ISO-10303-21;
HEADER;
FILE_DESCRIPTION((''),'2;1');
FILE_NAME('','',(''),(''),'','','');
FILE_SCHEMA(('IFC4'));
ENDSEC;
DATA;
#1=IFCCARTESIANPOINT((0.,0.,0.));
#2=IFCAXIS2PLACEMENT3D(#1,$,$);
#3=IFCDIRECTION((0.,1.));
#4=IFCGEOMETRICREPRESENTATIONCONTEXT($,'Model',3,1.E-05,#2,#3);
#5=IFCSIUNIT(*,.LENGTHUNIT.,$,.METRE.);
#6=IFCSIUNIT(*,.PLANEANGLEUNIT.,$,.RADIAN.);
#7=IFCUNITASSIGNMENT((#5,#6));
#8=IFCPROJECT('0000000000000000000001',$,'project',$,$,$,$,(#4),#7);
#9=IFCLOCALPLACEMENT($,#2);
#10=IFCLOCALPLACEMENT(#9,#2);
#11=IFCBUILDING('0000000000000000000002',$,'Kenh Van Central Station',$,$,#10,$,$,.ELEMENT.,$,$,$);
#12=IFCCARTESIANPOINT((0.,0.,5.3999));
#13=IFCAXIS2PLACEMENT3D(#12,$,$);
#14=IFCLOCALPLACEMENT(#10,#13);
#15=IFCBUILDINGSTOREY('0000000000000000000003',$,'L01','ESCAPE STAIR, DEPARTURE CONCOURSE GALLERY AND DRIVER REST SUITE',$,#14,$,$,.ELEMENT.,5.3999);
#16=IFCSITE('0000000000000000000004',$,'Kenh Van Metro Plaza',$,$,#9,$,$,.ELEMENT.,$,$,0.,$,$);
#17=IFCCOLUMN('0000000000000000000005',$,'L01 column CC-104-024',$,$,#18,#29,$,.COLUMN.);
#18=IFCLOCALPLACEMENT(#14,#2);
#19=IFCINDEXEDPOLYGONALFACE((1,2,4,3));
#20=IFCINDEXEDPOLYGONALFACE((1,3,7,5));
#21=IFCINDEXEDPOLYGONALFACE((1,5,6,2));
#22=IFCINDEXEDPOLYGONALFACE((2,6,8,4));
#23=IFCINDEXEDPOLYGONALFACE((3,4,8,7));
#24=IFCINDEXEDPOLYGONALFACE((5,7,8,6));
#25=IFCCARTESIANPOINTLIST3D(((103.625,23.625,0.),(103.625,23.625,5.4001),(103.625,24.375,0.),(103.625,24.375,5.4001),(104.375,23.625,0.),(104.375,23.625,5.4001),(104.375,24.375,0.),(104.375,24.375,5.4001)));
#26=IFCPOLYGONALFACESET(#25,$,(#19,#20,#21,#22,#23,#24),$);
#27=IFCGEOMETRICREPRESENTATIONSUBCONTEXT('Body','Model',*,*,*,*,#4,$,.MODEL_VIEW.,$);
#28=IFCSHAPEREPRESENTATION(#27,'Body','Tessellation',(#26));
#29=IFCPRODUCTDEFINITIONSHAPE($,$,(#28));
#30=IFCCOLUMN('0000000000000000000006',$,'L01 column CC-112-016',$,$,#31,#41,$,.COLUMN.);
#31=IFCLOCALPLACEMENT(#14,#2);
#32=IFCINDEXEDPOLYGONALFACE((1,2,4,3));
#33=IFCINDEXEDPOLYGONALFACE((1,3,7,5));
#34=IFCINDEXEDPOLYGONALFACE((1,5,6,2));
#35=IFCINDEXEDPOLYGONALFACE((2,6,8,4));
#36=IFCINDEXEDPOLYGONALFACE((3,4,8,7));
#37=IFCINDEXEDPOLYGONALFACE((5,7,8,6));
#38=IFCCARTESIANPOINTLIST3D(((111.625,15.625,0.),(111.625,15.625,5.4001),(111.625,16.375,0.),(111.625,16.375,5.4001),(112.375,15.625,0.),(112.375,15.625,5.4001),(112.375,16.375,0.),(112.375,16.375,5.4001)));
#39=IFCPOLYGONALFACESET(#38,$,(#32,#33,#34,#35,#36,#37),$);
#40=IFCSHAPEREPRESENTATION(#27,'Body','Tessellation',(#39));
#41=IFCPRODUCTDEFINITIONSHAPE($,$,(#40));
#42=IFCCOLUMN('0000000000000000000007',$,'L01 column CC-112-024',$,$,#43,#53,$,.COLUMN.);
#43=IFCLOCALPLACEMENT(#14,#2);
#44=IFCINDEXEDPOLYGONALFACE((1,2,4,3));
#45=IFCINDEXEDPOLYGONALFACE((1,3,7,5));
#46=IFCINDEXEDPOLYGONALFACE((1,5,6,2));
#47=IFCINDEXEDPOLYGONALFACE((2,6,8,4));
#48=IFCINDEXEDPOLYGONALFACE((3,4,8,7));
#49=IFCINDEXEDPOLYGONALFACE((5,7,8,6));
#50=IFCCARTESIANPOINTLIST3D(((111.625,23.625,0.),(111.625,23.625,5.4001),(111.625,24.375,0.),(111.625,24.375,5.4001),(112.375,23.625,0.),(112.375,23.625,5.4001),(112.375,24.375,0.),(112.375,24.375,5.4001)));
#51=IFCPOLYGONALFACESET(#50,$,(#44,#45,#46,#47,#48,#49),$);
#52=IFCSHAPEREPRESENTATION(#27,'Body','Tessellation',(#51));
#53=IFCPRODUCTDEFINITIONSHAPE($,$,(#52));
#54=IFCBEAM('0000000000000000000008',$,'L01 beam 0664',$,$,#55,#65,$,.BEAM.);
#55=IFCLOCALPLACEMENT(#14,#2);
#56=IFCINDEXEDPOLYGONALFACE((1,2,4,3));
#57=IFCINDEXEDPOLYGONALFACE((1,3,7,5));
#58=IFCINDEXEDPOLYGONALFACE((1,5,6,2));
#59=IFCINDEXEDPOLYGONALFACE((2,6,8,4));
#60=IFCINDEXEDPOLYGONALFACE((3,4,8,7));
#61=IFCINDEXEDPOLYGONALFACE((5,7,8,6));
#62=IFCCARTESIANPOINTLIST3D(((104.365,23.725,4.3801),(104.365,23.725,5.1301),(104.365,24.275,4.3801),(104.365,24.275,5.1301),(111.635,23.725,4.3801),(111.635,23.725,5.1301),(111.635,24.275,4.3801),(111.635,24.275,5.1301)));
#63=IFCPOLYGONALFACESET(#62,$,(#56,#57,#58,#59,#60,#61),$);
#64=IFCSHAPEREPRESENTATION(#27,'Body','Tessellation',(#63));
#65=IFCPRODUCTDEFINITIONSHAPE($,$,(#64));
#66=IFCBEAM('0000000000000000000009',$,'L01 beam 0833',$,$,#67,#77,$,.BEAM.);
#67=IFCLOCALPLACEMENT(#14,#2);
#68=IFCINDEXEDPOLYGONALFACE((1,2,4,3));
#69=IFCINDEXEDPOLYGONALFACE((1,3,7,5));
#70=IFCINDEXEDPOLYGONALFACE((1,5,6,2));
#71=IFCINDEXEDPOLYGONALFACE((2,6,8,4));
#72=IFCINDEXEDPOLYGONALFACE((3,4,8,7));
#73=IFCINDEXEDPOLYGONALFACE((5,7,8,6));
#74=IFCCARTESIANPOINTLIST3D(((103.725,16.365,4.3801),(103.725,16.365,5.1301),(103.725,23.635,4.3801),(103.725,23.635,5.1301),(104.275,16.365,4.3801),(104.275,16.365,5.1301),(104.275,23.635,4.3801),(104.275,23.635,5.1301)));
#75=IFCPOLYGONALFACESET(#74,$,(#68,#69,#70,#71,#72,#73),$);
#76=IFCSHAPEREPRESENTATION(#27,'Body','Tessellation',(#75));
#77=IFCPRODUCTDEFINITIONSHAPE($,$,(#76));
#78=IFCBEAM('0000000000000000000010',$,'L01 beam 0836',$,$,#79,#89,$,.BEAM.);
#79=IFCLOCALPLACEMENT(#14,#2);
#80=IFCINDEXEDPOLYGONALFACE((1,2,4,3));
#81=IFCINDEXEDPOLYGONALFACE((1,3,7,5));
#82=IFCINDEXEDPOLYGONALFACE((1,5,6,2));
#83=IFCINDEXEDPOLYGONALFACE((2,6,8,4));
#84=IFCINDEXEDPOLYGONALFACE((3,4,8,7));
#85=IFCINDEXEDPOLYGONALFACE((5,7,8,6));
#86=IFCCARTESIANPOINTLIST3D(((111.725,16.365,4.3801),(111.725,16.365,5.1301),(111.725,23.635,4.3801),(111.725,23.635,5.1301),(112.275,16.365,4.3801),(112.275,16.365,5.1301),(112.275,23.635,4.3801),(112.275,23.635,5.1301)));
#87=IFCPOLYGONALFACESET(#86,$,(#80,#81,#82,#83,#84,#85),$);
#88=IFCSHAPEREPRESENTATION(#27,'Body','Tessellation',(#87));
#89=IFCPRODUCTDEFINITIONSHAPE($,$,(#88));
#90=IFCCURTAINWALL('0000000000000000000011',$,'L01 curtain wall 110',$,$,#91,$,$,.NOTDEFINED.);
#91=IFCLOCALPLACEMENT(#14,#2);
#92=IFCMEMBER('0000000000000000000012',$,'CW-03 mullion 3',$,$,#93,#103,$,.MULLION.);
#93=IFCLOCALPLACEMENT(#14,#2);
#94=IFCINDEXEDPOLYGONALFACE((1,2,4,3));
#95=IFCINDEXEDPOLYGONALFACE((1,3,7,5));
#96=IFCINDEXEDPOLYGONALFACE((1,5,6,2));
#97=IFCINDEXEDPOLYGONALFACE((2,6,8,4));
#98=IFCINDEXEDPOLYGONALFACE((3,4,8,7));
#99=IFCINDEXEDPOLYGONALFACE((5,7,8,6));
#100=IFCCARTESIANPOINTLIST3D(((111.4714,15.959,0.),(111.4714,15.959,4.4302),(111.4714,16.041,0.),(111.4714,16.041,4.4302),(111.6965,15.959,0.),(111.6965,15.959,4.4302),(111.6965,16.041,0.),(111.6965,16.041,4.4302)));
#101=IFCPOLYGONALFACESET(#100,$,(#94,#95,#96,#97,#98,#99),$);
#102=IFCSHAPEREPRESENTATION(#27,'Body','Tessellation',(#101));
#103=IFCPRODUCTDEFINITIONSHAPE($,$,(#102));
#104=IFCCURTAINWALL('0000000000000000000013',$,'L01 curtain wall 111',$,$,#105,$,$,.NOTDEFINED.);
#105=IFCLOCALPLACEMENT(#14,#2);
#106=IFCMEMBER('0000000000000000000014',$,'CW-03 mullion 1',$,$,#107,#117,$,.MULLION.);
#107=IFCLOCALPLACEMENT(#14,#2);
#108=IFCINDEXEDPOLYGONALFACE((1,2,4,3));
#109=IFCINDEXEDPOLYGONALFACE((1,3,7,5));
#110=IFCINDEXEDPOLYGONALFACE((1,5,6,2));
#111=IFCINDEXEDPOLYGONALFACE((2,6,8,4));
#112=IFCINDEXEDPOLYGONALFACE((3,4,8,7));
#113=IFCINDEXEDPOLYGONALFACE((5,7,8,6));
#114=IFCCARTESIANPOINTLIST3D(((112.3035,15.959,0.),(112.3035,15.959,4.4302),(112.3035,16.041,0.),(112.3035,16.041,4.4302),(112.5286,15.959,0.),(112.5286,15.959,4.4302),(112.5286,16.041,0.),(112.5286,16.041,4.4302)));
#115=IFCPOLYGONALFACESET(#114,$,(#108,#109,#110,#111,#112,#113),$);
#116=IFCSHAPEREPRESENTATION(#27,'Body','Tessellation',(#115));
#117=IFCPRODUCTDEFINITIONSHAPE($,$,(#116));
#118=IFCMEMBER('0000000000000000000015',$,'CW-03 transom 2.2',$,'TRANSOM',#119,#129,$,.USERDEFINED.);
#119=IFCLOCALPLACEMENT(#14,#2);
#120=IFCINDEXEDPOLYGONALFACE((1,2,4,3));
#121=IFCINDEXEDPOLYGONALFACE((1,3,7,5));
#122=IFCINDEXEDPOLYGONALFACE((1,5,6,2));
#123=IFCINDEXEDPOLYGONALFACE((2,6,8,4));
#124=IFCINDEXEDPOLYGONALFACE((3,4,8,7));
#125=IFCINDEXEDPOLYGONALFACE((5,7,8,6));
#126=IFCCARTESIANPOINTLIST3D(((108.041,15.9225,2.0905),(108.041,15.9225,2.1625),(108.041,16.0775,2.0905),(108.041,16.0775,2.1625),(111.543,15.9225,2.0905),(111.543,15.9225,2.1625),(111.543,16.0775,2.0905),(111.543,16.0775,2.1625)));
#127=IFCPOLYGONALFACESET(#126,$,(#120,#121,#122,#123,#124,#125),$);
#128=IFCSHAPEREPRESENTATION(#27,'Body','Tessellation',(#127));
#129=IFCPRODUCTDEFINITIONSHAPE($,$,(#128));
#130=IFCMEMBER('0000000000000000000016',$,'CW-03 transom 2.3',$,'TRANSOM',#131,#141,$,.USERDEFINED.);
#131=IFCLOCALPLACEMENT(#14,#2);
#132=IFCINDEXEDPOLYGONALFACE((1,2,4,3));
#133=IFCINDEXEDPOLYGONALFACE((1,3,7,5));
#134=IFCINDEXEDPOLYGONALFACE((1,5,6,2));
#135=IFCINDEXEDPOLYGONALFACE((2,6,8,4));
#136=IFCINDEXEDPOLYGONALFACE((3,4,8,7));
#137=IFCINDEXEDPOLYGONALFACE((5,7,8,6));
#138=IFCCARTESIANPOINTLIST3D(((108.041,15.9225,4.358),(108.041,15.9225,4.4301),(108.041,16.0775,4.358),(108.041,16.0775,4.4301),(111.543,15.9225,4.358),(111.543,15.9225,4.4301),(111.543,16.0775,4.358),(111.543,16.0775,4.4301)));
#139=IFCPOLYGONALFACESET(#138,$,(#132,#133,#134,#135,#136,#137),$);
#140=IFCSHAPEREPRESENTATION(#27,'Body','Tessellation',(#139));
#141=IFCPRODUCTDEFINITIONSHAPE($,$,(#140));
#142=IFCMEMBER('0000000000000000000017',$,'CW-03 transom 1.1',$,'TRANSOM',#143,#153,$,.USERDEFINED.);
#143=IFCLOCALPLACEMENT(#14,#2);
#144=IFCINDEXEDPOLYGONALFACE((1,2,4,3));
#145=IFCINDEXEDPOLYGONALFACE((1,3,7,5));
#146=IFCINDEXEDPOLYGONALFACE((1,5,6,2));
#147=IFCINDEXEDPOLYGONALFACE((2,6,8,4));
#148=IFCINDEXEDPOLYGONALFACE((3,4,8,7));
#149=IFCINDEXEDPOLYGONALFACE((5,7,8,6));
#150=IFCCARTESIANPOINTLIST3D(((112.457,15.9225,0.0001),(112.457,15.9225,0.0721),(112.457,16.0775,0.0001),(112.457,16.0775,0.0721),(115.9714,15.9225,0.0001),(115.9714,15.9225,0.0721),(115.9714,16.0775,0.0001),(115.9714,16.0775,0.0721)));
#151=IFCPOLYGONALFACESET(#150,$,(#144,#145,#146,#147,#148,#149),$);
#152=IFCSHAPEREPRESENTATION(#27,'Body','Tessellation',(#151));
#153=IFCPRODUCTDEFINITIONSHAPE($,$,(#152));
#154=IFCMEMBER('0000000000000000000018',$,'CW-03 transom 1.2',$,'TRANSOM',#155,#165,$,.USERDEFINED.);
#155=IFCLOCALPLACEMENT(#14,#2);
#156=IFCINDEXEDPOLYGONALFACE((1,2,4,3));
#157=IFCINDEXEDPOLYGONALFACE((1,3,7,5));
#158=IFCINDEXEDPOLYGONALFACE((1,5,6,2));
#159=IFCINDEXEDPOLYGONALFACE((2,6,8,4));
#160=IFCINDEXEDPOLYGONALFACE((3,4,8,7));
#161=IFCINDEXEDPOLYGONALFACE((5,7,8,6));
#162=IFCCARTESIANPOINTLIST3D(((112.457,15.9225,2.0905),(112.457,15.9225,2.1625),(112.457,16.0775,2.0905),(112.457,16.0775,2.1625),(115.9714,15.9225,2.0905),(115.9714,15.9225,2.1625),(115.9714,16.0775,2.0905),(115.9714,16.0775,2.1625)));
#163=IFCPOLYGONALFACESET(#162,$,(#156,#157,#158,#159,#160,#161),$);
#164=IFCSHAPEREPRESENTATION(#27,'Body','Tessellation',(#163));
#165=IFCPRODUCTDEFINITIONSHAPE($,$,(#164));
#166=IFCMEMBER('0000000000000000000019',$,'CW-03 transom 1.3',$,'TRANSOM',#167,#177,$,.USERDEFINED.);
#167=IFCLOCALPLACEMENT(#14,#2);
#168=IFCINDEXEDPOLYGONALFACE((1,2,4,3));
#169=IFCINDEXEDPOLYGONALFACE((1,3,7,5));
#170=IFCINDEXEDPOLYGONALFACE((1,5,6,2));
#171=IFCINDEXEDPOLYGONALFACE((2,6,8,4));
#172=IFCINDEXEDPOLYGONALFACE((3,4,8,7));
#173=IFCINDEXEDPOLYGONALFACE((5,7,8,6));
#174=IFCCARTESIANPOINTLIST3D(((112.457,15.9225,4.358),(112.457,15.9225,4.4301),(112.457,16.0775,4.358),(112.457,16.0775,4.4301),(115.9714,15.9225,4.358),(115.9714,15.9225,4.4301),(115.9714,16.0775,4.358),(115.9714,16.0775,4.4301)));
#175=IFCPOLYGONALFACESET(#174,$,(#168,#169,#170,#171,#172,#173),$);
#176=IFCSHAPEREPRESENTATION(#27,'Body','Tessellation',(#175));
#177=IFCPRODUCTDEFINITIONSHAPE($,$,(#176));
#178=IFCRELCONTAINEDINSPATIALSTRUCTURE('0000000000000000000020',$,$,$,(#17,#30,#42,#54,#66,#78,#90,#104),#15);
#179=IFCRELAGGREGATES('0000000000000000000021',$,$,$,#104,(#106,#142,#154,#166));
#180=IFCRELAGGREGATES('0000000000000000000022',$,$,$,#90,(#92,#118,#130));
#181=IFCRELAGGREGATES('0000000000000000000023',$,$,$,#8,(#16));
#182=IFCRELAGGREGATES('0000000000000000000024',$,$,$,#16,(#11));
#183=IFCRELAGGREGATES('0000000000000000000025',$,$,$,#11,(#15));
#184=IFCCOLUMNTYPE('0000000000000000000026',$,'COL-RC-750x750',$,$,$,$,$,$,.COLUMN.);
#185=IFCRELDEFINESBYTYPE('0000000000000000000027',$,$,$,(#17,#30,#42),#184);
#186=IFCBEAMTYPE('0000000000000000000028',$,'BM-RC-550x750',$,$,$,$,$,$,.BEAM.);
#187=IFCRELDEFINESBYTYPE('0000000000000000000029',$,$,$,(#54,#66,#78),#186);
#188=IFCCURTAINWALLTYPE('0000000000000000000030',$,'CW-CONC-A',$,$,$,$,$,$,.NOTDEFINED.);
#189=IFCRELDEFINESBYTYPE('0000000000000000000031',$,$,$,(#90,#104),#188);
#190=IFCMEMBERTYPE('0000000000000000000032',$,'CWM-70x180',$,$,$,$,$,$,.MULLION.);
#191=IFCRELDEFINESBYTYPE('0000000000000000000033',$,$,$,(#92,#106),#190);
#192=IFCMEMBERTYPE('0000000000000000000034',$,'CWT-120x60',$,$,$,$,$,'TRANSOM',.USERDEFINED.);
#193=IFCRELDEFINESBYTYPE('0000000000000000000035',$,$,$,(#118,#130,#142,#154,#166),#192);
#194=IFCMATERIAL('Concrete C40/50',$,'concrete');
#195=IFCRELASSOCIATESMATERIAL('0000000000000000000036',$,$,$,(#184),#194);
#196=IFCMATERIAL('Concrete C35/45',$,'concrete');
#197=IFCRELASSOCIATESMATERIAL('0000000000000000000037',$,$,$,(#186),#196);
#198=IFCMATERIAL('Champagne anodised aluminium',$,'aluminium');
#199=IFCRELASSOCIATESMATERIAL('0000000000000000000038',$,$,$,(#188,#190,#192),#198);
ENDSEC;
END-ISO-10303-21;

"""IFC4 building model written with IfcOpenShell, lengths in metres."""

from ifc_helpers import new_model, si_unit, direction, frame, origin, origin_2d, place, context, subcontext, project, spatial, rectangle, extrude, material, material_profile, profile_set, type_object, element, aggregate, save


model = new_model("IFC4")

# Units and contexts
model_context = context("Model", 3, precision=1e-05, world=origin(), true_north=direction((0.0, 1.0)))
body_context = subcontext(model_context, "Body", "Model", "MODEL_VIEW")
ifc_project = project(units=[si_unit("LENGTHUNIT", "METRE"), si_unit("PLANEANGLEUNIT", "RADIAN")], contexts=[model_context])

# Site, building, storey
site_placement = place(None, origin())
site = spatial("IfcSite", under=ifc_project, at=site_placement, Name="Kenh Van Metro Plaza", CompositionType="ELEMENT", RefElevation=0.0)
building_placement = place(site_placement, origin())
building = spatial("IfcBuilding", under=site, at=building_placement, Name="Kenh Van Central Station", CompositionType="ELEMENT")
storey_placement = place(building_placement, frame((0.0, 0.0, 5.3999)))
storey = spatial("IfcBuildingStorey", under=building, at=storey_placement, Name="L01", Description="ESCAPE STAIR, DEPARTURE CONCOURSE GALLERY AND DRIVER REST SUITE", CompositionType="ELEMENT", Elevation=5.3999)

# Columns
ifc_material_1 = material(Name="Concrete C40/50", Category="concrete")
ifc_material_profile_1 = material_profile(ifc_material_1, rectangle(XDim=0.75, YDim=0.75, at=origin_2d()), Name="RC 750x750")
ifc_profile_set_1 = profile_set([ifc_material_profile_1], Name="Concrete C40/50")
column_type = type_object("IfcColumnType", Name="COL-RC-750x750", PredefinedType="COLUMN", material=ifc_profile_set_1)
for number, where, z_axis, x_axis, name in (
    (1, (104.0, 24.0, 0.0), (0.0, 0.0, 1.0), (1.0, 0.0, 0.0), "L01 column CC-104-024"),
    (2, (112.0, 16.0, 0.0), (0.0, 0.0, 1.0), (1.0, 0.0, 0.0), "L01 column CC-112-016"),
    (3, (112.0, 24.0, 0.0), (0.0, 0.0, 1.0), (1.0, 0.0, 0.0), "L01 column CC-112-024"),
):
    element("IfcColumn", number, at=place(storey_placement, frame(where, z_axis=z_axis, x_axis=x_axis)), inside=storey, type_object=column_type, Name=name, PredefinedType="COLUMN", context=body_context, shape_type="SweptSolid", body=[
        extrude(rectangle(XDim=0.75, YDim=0.75, at=origin_2d()), origin(), (0.0, 0.0, 1.0), 5.4001),
    ])

# Beams
ifc_material_2 = material(Name="Concrete C35/45", Category="concrete")
ifc_material_profile_2 = material_profile(ifc_material_2, rectangle(XDim=0.55, YDim=0.75, at=origin_2d()), Name="RC 550x750")
ifc_profile_set_2 = profile_set([ifc_material_profile_2], Name="Concrete C35/45")
beam_type_1 = type_object("IfcBeamType", Name="BM-RC-550x750", PredefinedType="BEAM", material=ifc_profile_set_2)
for number, where, z_axis, x_axis, name in (
    (4, (104.365, 24.0, 4.7551), (1.0, 0.0, 0.0), (0.0, 1.0, 0.0), "L01 beam 0664"),
    (5, (104.0, 16.365, 4.7551), (0.0, 1.0, 0.0), (-1.0, 0.0, 0.0), "L01 beam 0833"),
    (6, (112.0, 16.365, 4.7551), (0.0, 1.0, 0.0), (-1.0, 0.0, 0.0), "L01 beam 0836"),
):
    element("IfcBeam", number, at=place(storey_placement, frame(where, z_axis=z_axis, x_axis=x_axis)), inside=storey, type_object=beam_type_1, Name=name, PredefinedType="BEAM", context=body_context, shape_type="SweptSolid", body=[
        extrude(rectangle(XDim=0.55, YDim=0.75, at=origin_2d()), origin(), (0.0, 0.0, 1.0), 7.27),
    ])

# Curtain walls, members
ifc_material_3 = material(Name="Champagne anodised aluminium", Category="aluminium")
curtain_wall_type = type_object("IfcCurtainWallType", Name="CW-CONC-A", PredefinedType="NOTDEFINED", material=ifc_material_3)
curtain_wall_1_placement = place(storey_placement, origin())
curtain_wall_1 = element("IfcCurtainWall", 7, at=curtain_wall_1_placement, inside=storey, type_object=curtain_wall_type, Name="L01 curtain wall 110", PredefinedType="NOTDEFINED")
ifc_material_profile_3 = material_profile(ifc_material_3, rectangle(XDim=0.082, YDim=0.2251, at=origin_2d()), Name="AL 82x225")
ifc_profile_set_3 = profile_set([ifc_material_profile_3], Name="Champagne anodised aluminium")
member_type_1 = type_object("IfcMemberType", Name="CWM-70x180", PredefinedType="MULLION", material=ifc_profile_set_3)
member_1_placement = place(storey_placement, frame((111.584, 16.0, 0.0), z_axis=(0.0, 0.0, 1.0), x_axis=(0.0, 1.0, 0.0)))
member_1 = element("IfcMember", 8, at=member_1_placement, type_object=member_type_1, Name="CW-03 mullion 3", PredefinedType="MULLION", context=body_context, shape_type="SweptSolid", body=[
    extrude(rectangle(XDim=0.082, YDim=0.2251, at=origin_2d()), origin(), (0.0, 0.0, 1.0), 4.4302),
])
curtain_wall_2_placement = place(storey_placement, origin())
curtain_wall_2 = element("IfcCurtainWall", 9, at=curtain_wall_2_placement, inside=storey, type_object=curtain_wall_type, Name="L01 curtain wall 111", PredefinedType="NOTDEFINED")
member_2_placement = place(storey_placement, frame((112.416, 16.0, 0.0), z_axis=(0.0, 0.0, 1.0), x_axis=(0.0, 1.0, 0.0)))
member_2 = element("IfcMember", 10, at=member_2_placement, type_object=member_type_1, Name="CW-03 mullion 1", PredefinedType="MULLION", context=body_context, shape_type="SweptSolid", body=[
    extrude(rectangle(XDim=0.082, YDim=0.2251, at=origin_2d()), origin(), (0.0, 0.0, 1.0), 4.4302),
])

# Members
ifc_material_profile_4 = material_profile(ifc_material_3, rectangle(XDim=0.155, YDim=0.072, at=origin_2d()), Name="AL 155x72")
ifc_profile_set_4 = profile_set([ifc_material_profile_4], Name="Champagne anodised aluminium")
member_type_2 = type_object("IfcMemberType", Name="CWT-120x60", ElementType="TRANSOM", PredefinedType="USERDEFINED", material=ifc_profile_set_4)
member_3_placement = place(storey_placement, frame((108.041, 16.0, 2.1265), z_axis=(1.0, 0.0, 0.0), x_axis=(0.0, 1.0, 0.0)))
member_3 = element("IfcMember", 11, at=member_3_placement, type_object=member_type_2, Name="CW-03 transom 2.2", ObjectType="TRANSOM", PredefinedType="USERDEFINED", context=body_context, shape_type="SweptSolid", body=[
    extrude(rectangle(XDim=0.155, YDim=0.072, at=origin_2d()), origin(), (0.0, 0.0, 1.0), 3.502),
])
member_4_placement = place(storey_placement, frame((108.041, 16.0, 4.394), z_axis=(1.0, 0.0, 0.0), x_axis=(0.0, 1.0, 0.0)))
member_4 = element("IfcMember", 12, at=member_4_placement, type_object=member_type_2, Name="CW-03 transom 2.3", ObjectType="TRANSOM", PredefinedType="USERDEFINED", context=body_context, shape_type="SweptSolid", body=[
    extrude(rectangle(XDim=0.155, YDim=0.072, at=origin_2d()), origin(), (0.0, 0.0, 1.0), 3.502),
])
member_5_placement = place(storey_placement, frame((112.457, 16.0, 0.0361), z_axis=(1.0, 0.0, 0.0), x_axis=(0.0, 1.0, 0.0)))
member_5 = element("IfcMember", 13, at=member_5_placement, type_object=member_type_2, Name="CW-03 transom 1.1", ObjectType="TRANSOM", PredefinedType="USERDEFINED", context=body_context, shape_type="SweptSolid", body=[
    extrude(rectangle(XDim=0.155, YDim=0.072, at=origin_2d()), origin(), (0.0, 0.0, 1.0), 3.5144),
])
member_6_placement = place(storey_placement, frame((112.457, 16.0, 2.1265), z_axis=(1.0, 0.0, 0.0), x_axis=(0.0, 1.0, 0.0)))
member_6 = element("IfcMember", 14, at=member_6_placement, type_object=member_type_2, Name="CW-03 transom 1.2", ObjectType="TRANSOM", PredefinedType="USERDEFINED", context=body_context, shape_type="SweptSolid", body=[
    extrude(rectangle(XDim=0.155, YDim=0.072, at=origin_2d()), origin(), (0.0, 0.0, 1.0), 3.5144),
])
member_7_placement = place(storey_placement, frame((112.457, 16.0, 4.394), z_axis=(1.0, 0.0, 0.0), x_axis=(0.0, 1.0, 0.0)))
member_7 = element("IfcMember", 15, at=member_7_placement, type_object=member_type_2, Name="CW-03 transom 1.3", ObjectType="TRANSOM", PredefinedType="USERDEFINED", context=body_context, shape_type="SweptSolid", body=[
    extrude(rectangle(XDim=0.155, YDim=0.072, at=origin_2d()), origin(), (0.0, 0.0, 1.0), 3.5144),
])
aggregate(curtain_wall_2, [member_2, member_5, member_6, member_7])

aggregate(curtain_wall_1, [member_1, member_3, member_4])

save(model, "model.ifc")
